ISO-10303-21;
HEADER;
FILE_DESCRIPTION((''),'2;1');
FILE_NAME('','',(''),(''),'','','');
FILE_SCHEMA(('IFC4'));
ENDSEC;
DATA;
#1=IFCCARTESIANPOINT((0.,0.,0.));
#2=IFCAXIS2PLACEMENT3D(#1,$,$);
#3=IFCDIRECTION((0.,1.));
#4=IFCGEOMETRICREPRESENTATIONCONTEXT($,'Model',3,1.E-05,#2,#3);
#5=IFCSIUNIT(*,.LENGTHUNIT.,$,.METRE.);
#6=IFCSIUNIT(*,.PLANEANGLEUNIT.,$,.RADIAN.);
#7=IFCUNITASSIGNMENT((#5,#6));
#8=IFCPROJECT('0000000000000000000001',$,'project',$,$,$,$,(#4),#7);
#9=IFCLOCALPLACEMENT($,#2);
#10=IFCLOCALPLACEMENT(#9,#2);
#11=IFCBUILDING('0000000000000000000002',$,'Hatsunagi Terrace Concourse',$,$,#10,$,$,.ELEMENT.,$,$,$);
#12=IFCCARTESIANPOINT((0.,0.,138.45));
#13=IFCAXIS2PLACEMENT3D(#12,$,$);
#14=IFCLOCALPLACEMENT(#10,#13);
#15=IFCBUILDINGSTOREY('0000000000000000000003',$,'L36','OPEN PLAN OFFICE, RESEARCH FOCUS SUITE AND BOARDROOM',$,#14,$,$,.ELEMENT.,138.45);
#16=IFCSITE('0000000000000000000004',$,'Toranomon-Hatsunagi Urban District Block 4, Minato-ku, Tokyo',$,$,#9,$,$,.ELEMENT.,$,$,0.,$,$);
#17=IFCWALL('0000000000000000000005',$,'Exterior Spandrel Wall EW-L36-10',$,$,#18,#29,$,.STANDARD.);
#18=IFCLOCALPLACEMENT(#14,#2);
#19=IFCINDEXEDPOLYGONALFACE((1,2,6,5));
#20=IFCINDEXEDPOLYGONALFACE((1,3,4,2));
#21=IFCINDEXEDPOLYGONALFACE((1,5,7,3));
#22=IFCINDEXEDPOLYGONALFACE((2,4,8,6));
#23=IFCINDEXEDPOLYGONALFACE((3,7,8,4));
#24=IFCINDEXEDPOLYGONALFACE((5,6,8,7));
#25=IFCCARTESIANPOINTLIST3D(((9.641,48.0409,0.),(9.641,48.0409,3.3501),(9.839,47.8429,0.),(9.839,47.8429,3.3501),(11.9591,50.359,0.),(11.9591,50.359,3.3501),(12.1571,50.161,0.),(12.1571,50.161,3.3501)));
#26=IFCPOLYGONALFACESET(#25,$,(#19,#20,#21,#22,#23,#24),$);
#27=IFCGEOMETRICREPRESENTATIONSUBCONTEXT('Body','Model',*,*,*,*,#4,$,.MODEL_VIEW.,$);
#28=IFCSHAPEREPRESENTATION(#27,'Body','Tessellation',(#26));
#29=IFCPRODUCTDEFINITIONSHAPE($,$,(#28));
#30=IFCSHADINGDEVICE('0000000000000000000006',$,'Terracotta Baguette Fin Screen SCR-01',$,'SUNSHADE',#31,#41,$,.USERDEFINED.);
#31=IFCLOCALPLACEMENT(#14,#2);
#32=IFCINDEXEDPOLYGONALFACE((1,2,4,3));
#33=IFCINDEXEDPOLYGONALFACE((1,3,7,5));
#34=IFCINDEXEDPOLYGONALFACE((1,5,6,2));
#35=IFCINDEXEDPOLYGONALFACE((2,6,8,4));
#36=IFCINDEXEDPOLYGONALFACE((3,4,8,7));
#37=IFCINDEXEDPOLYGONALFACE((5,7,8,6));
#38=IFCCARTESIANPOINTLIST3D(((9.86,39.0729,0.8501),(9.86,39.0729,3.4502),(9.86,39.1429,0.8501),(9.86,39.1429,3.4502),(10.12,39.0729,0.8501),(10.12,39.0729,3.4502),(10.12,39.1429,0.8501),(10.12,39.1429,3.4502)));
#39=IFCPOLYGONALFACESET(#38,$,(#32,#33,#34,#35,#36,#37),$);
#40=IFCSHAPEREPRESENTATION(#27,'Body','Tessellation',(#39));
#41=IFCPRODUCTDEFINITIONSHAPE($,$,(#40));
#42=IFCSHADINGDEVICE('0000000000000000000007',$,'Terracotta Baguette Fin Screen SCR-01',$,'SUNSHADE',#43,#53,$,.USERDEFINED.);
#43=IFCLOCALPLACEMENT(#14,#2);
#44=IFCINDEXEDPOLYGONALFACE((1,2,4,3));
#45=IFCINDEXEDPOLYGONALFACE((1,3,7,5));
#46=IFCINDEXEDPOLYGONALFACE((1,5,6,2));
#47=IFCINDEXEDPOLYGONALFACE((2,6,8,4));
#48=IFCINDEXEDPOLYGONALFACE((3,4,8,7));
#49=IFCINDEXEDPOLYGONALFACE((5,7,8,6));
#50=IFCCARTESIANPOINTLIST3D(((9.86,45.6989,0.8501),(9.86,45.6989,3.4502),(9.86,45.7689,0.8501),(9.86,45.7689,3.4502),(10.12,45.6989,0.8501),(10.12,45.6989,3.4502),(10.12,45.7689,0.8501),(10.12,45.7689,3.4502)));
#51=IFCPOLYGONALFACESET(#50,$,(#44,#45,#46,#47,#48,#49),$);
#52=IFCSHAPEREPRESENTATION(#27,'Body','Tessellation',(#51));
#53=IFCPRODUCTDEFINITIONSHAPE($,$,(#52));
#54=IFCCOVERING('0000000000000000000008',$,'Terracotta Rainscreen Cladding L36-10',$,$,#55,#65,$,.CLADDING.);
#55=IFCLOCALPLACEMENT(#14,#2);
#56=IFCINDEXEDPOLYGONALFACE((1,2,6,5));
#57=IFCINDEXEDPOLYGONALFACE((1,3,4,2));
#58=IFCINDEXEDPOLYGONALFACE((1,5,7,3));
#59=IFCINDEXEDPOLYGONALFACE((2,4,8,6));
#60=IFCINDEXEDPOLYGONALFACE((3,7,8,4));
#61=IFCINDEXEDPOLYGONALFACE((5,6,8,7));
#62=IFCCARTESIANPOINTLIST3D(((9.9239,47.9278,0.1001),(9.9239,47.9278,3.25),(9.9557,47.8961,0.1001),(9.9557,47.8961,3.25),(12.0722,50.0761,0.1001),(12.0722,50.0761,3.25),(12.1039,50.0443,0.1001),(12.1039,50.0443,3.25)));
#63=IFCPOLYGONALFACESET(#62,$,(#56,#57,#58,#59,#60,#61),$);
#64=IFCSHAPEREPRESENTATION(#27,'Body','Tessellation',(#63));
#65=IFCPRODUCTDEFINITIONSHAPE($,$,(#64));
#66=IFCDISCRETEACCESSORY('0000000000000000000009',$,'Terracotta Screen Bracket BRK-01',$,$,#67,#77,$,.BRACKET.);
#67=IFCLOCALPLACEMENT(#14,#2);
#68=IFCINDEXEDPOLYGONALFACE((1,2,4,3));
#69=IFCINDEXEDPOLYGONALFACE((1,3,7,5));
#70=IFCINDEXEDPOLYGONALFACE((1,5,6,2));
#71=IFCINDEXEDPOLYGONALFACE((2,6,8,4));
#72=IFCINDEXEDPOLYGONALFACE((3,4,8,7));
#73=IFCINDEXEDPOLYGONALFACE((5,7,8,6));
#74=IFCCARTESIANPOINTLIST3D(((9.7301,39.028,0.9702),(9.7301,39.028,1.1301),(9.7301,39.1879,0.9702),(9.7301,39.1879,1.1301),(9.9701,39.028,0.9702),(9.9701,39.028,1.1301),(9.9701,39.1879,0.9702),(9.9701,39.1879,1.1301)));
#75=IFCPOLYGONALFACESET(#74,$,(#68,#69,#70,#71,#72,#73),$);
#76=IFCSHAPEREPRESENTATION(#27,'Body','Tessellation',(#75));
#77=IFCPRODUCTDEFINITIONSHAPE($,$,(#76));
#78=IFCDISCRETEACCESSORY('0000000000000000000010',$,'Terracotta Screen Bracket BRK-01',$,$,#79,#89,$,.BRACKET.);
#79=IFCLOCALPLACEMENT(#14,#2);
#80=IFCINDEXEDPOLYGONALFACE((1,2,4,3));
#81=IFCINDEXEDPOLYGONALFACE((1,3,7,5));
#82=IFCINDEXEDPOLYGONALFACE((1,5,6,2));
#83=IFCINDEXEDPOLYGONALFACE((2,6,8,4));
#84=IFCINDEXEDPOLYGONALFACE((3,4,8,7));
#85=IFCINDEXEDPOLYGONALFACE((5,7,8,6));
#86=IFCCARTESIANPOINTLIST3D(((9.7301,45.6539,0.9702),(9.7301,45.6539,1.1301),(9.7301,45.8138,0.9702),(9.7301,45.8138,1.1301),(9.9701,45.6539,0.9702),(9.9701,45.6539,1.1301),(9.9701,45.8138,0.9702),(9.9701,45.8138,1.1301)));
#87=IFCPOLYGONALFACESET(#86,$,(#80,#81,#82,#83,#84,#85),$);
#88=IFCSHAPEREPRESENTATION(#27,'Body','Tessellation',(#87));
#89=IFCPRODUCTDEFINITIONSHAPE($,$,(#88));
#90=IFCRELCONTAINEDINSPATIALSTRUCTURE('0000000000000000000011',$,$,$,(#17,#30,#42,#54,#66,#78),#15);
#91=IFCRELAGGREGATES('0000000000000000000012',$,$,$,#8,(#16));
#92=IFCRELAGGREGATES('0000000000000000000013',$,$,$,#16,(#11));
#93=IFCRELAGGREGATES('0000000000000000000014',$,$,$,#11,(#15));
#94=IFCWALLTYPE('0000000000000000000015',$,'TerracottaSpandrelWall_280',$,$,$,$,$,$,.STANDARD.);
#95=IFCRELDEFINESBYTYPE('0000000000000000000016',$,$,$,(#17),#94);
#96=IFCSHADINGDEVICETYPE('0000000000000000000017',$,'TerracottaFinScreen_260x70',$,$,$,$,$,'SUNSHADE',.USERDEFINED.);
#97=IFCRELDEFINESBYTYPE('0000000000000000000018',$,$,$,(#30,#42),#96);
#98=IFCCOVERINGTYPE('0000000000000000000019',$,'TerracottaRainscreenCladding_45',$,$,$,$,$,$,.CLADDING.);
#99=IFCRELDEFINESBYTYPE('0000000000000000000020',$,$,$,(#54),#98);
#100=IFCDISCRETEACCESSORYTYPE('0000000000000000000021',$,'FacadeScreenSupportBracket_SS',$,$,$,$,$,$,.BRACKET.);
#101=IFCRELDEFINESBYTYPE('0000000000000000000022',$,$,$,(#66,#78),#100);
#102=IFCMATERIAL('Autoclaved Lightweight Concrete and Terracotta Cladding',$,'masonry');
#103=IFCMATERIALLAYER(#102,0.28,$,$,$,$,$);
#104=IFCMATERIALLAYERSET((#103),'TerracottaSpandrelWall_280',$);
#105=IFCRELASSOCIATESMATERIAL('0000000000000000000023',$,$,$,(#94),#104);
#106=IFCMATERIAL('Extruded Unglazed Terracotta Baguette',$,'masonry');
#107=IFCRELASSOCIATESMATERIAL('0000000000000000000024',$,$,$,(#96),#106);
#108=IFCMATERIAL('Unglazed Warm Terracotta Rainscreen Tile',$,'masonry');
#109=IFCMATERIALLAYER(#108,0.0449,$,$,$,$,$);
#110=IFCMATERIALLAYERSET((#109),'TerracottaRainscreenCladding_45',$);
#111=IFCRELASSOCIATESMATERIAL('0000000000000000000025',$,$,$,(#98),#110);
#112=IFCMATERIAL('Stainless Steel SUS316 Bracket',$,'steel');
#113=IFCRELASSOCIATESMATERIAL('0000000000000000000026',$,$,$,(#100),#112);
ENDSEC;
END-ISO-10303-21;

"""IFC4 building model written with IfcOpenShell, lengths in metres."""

from ifc_helpers import new_model, si_unit, direction, frame, frame_2d, origin, origin_2d, place, context, subcontext, project, spatial, rectangle, extrude, material, layer, layer_set, type_object, element, save


model = new_model("IFC4")

# Units and contexts
model_context = context("Model", 3, precision=1e-05, world=origin(), true_north=direction((0.0, 1.0)))
body_context = subcontext(model_context, "Body", "Model", "MODEL_VIEW")
ifc_project = project(units=[si_unit("LENGTHUNIT", "METRE"), si_unit("PLANEANGLEUNIT", "RADIAN")], contexts=[model_context])

# Site, building, storey
site_placement = place(None, origin())
site = spatial("IfcSite", under=ifc_project, at=site_placement, Name="Toranomon-Hatsunagi Urban District Block 4, Minato-ku, Tokyo", CompositionType="ELEMENT", RefElevation=0.0)
building_placement = place(site_placement, origin())
building = spatial("IfcBuilding", under=site, at=building_placement, Name="Hatsunagi Terrace Concourse", CompositionType="ELEMENT")
storey_placement = place(building_placement, frame((0.0, 0.0, 138.45)))
storey = spatial("IfcBuildingStorey", under=building, at=storey_placement, Name="L36", Description="OPEN PLAN OFFICE, RESEARCH FOCUS SUITE AND BOARDROOM", CompositionType="ELEMENT", Elevation=138.45)

# Wall
ifc_material_1 = material(Name="Autoclaved Lightweight Concrete and Terracotta Cladding", Category="masonry")
ifc_layer_1 = layer(ifc_material_1, 0.28)
ifc_layer_set_1 = layer_set([ifc_layer_1], Name="TerracottaSpandrelWall_280")
wall_type_1 = type_object("IfcWallType", Name="TerracottaSpandrelWall_280", PredefinedType="STANDARD", material=ifc_layer_set_1)
wall_1_placement = place(storey_placement, frame((9.74, 47.9419, 0.0), z_axis=(0.0, 0.0, 1.0), x_axis=(0.707107, 0.707107, 0.0)))
element("IfcWall", 1, at=wall_1_placement, inside=storey, type_object=wall_type_1, Name="Exterior Spandrel Wall EW-L36-10", PredefinedType="STANDARD", context=body_context, shape_type="SweptSolid", body=[
    extrude(rectangle(XDim=3.2783, YDim=0.28, at=frame_2d((1.6392, 0.0))), origin(), (0.0, 0.0, 1.0), 3.3501),
])

# Shading devices
ifc_material_2 = material(Name="Extruded Unglazed Terracotta Baguette", Category="masonry")
shading_device_type = type_object("IfcShadingDeviceType", Name="TerracottaFinScreen_260x70", ElementType="SUNSHADE", PredefinedType="USERDEFINED", material=ifc_material_2)
for number, where, z_axis, x_axis, name in (
    (2, (9.99, 39.1079, 0.8501), (0.0, 0.0, 1.0), (0.0, 1.0, 0.0), "Terracotta Baguette Fin Screen SCR-01"),
    (3, (9.99, 45.7339, 0.8501), (0.0, 0.0, 1.0), (0.0, 1.0, 0.0), "Terracotta Baguette Fin Screen SCR-01"),
):
    element("IfcShadingDevice", number, at=place(storey_placement, frame(where, z_axis=z_axis, x_axis=x_axis)), inside=storey, type_object=shading_device_type, Name=name, ObjectType="SUNSHADE", PredefinedType="USERDEFINED", context=body_context, shape_type="SweptSolid", body=[
        extrude(rectangle(XDim=0.0701, YDim=0.26, at=origin_2d()), origin(), (0.0, 0.0, 1.0), 2.6001),
    ])

# Covering
ifc_material_3 = material(Name="Unglazed Warm Terracotta Rainscreen Tile", Category="masonry")
ifc_layer_2 = layer(ifc_material_3, 0.0449)
ifc_layer_set_2 = layer_set([ifc_layer_2], Name="TerracottaRainscreenCladding_45")
covering_type = type_object("IfcCoveringType", Name="TerracottaRainscreenCladding_45", PredefinedType="CLADDING", material=ifc_layer_set_2)
covering_placement = place(storey_placement, frame((11.0139, 48.9861, 0.1001), z_axis=(0.0, 0.0, 1.0), x_axis=(0.707107, 0.707107, 0.0)))
element("IfcCovering", 4, at=covering_placement, inside=storey, type_object=covering_type, Name="Terracotta Rainscreen Cladding L36-10", PredefinedType="CLADDING", context=body_context, shape_type="SweptSolid", body=[
    extrude(rectangle(XDim=3.0381, YDim=0.0449, at=origin_2d()), origin(), (0.0, 0.0, 1.0), 3.1499),
])

# Discrete accessories
ifc_material_4 = material(Name="Stainless Steel SUS316 Bracket", Category="steel")
discrete_accessory_type = type_object("IfcDiscreteAccessoryType", Name="FacadeScreenSupportBracket_SS", PredefinedType="BRACKET", material=ifc_material_4)
for number, where, z_axis, x_axis, name in (
    (5, (9.8501, 39.1079, 0.9702), (0.0, 0.0, 1.0), (0.0, 1.0, 0.0), "Terracotta Screen Bracket BRK-01"),
    (6, (9.8501, 45.7339, 0.9702), (0.0, 0.0, 1.0), (0.0, 1.0, 0.0), "Terracotta Screen Bracket BRK-01"),
):
    element("IfcDiscreteAccessory", number, at=place(storey_placement, frame(where, z_axis=z_axis, x_axis=x_axis)), inside=storey, type_object=discrete_accessory_type, Name=name, PredefinedType="BRACKET", context=body_context, shape_type="SweptSolid", body=[
        extrude(rectangle(XDim=0.1599, YDim=0.24, at=origin_2d()), origin(), (0.0, 0.0, 1.0), 0.1599),
    ])

save(model, "model.ifc")
